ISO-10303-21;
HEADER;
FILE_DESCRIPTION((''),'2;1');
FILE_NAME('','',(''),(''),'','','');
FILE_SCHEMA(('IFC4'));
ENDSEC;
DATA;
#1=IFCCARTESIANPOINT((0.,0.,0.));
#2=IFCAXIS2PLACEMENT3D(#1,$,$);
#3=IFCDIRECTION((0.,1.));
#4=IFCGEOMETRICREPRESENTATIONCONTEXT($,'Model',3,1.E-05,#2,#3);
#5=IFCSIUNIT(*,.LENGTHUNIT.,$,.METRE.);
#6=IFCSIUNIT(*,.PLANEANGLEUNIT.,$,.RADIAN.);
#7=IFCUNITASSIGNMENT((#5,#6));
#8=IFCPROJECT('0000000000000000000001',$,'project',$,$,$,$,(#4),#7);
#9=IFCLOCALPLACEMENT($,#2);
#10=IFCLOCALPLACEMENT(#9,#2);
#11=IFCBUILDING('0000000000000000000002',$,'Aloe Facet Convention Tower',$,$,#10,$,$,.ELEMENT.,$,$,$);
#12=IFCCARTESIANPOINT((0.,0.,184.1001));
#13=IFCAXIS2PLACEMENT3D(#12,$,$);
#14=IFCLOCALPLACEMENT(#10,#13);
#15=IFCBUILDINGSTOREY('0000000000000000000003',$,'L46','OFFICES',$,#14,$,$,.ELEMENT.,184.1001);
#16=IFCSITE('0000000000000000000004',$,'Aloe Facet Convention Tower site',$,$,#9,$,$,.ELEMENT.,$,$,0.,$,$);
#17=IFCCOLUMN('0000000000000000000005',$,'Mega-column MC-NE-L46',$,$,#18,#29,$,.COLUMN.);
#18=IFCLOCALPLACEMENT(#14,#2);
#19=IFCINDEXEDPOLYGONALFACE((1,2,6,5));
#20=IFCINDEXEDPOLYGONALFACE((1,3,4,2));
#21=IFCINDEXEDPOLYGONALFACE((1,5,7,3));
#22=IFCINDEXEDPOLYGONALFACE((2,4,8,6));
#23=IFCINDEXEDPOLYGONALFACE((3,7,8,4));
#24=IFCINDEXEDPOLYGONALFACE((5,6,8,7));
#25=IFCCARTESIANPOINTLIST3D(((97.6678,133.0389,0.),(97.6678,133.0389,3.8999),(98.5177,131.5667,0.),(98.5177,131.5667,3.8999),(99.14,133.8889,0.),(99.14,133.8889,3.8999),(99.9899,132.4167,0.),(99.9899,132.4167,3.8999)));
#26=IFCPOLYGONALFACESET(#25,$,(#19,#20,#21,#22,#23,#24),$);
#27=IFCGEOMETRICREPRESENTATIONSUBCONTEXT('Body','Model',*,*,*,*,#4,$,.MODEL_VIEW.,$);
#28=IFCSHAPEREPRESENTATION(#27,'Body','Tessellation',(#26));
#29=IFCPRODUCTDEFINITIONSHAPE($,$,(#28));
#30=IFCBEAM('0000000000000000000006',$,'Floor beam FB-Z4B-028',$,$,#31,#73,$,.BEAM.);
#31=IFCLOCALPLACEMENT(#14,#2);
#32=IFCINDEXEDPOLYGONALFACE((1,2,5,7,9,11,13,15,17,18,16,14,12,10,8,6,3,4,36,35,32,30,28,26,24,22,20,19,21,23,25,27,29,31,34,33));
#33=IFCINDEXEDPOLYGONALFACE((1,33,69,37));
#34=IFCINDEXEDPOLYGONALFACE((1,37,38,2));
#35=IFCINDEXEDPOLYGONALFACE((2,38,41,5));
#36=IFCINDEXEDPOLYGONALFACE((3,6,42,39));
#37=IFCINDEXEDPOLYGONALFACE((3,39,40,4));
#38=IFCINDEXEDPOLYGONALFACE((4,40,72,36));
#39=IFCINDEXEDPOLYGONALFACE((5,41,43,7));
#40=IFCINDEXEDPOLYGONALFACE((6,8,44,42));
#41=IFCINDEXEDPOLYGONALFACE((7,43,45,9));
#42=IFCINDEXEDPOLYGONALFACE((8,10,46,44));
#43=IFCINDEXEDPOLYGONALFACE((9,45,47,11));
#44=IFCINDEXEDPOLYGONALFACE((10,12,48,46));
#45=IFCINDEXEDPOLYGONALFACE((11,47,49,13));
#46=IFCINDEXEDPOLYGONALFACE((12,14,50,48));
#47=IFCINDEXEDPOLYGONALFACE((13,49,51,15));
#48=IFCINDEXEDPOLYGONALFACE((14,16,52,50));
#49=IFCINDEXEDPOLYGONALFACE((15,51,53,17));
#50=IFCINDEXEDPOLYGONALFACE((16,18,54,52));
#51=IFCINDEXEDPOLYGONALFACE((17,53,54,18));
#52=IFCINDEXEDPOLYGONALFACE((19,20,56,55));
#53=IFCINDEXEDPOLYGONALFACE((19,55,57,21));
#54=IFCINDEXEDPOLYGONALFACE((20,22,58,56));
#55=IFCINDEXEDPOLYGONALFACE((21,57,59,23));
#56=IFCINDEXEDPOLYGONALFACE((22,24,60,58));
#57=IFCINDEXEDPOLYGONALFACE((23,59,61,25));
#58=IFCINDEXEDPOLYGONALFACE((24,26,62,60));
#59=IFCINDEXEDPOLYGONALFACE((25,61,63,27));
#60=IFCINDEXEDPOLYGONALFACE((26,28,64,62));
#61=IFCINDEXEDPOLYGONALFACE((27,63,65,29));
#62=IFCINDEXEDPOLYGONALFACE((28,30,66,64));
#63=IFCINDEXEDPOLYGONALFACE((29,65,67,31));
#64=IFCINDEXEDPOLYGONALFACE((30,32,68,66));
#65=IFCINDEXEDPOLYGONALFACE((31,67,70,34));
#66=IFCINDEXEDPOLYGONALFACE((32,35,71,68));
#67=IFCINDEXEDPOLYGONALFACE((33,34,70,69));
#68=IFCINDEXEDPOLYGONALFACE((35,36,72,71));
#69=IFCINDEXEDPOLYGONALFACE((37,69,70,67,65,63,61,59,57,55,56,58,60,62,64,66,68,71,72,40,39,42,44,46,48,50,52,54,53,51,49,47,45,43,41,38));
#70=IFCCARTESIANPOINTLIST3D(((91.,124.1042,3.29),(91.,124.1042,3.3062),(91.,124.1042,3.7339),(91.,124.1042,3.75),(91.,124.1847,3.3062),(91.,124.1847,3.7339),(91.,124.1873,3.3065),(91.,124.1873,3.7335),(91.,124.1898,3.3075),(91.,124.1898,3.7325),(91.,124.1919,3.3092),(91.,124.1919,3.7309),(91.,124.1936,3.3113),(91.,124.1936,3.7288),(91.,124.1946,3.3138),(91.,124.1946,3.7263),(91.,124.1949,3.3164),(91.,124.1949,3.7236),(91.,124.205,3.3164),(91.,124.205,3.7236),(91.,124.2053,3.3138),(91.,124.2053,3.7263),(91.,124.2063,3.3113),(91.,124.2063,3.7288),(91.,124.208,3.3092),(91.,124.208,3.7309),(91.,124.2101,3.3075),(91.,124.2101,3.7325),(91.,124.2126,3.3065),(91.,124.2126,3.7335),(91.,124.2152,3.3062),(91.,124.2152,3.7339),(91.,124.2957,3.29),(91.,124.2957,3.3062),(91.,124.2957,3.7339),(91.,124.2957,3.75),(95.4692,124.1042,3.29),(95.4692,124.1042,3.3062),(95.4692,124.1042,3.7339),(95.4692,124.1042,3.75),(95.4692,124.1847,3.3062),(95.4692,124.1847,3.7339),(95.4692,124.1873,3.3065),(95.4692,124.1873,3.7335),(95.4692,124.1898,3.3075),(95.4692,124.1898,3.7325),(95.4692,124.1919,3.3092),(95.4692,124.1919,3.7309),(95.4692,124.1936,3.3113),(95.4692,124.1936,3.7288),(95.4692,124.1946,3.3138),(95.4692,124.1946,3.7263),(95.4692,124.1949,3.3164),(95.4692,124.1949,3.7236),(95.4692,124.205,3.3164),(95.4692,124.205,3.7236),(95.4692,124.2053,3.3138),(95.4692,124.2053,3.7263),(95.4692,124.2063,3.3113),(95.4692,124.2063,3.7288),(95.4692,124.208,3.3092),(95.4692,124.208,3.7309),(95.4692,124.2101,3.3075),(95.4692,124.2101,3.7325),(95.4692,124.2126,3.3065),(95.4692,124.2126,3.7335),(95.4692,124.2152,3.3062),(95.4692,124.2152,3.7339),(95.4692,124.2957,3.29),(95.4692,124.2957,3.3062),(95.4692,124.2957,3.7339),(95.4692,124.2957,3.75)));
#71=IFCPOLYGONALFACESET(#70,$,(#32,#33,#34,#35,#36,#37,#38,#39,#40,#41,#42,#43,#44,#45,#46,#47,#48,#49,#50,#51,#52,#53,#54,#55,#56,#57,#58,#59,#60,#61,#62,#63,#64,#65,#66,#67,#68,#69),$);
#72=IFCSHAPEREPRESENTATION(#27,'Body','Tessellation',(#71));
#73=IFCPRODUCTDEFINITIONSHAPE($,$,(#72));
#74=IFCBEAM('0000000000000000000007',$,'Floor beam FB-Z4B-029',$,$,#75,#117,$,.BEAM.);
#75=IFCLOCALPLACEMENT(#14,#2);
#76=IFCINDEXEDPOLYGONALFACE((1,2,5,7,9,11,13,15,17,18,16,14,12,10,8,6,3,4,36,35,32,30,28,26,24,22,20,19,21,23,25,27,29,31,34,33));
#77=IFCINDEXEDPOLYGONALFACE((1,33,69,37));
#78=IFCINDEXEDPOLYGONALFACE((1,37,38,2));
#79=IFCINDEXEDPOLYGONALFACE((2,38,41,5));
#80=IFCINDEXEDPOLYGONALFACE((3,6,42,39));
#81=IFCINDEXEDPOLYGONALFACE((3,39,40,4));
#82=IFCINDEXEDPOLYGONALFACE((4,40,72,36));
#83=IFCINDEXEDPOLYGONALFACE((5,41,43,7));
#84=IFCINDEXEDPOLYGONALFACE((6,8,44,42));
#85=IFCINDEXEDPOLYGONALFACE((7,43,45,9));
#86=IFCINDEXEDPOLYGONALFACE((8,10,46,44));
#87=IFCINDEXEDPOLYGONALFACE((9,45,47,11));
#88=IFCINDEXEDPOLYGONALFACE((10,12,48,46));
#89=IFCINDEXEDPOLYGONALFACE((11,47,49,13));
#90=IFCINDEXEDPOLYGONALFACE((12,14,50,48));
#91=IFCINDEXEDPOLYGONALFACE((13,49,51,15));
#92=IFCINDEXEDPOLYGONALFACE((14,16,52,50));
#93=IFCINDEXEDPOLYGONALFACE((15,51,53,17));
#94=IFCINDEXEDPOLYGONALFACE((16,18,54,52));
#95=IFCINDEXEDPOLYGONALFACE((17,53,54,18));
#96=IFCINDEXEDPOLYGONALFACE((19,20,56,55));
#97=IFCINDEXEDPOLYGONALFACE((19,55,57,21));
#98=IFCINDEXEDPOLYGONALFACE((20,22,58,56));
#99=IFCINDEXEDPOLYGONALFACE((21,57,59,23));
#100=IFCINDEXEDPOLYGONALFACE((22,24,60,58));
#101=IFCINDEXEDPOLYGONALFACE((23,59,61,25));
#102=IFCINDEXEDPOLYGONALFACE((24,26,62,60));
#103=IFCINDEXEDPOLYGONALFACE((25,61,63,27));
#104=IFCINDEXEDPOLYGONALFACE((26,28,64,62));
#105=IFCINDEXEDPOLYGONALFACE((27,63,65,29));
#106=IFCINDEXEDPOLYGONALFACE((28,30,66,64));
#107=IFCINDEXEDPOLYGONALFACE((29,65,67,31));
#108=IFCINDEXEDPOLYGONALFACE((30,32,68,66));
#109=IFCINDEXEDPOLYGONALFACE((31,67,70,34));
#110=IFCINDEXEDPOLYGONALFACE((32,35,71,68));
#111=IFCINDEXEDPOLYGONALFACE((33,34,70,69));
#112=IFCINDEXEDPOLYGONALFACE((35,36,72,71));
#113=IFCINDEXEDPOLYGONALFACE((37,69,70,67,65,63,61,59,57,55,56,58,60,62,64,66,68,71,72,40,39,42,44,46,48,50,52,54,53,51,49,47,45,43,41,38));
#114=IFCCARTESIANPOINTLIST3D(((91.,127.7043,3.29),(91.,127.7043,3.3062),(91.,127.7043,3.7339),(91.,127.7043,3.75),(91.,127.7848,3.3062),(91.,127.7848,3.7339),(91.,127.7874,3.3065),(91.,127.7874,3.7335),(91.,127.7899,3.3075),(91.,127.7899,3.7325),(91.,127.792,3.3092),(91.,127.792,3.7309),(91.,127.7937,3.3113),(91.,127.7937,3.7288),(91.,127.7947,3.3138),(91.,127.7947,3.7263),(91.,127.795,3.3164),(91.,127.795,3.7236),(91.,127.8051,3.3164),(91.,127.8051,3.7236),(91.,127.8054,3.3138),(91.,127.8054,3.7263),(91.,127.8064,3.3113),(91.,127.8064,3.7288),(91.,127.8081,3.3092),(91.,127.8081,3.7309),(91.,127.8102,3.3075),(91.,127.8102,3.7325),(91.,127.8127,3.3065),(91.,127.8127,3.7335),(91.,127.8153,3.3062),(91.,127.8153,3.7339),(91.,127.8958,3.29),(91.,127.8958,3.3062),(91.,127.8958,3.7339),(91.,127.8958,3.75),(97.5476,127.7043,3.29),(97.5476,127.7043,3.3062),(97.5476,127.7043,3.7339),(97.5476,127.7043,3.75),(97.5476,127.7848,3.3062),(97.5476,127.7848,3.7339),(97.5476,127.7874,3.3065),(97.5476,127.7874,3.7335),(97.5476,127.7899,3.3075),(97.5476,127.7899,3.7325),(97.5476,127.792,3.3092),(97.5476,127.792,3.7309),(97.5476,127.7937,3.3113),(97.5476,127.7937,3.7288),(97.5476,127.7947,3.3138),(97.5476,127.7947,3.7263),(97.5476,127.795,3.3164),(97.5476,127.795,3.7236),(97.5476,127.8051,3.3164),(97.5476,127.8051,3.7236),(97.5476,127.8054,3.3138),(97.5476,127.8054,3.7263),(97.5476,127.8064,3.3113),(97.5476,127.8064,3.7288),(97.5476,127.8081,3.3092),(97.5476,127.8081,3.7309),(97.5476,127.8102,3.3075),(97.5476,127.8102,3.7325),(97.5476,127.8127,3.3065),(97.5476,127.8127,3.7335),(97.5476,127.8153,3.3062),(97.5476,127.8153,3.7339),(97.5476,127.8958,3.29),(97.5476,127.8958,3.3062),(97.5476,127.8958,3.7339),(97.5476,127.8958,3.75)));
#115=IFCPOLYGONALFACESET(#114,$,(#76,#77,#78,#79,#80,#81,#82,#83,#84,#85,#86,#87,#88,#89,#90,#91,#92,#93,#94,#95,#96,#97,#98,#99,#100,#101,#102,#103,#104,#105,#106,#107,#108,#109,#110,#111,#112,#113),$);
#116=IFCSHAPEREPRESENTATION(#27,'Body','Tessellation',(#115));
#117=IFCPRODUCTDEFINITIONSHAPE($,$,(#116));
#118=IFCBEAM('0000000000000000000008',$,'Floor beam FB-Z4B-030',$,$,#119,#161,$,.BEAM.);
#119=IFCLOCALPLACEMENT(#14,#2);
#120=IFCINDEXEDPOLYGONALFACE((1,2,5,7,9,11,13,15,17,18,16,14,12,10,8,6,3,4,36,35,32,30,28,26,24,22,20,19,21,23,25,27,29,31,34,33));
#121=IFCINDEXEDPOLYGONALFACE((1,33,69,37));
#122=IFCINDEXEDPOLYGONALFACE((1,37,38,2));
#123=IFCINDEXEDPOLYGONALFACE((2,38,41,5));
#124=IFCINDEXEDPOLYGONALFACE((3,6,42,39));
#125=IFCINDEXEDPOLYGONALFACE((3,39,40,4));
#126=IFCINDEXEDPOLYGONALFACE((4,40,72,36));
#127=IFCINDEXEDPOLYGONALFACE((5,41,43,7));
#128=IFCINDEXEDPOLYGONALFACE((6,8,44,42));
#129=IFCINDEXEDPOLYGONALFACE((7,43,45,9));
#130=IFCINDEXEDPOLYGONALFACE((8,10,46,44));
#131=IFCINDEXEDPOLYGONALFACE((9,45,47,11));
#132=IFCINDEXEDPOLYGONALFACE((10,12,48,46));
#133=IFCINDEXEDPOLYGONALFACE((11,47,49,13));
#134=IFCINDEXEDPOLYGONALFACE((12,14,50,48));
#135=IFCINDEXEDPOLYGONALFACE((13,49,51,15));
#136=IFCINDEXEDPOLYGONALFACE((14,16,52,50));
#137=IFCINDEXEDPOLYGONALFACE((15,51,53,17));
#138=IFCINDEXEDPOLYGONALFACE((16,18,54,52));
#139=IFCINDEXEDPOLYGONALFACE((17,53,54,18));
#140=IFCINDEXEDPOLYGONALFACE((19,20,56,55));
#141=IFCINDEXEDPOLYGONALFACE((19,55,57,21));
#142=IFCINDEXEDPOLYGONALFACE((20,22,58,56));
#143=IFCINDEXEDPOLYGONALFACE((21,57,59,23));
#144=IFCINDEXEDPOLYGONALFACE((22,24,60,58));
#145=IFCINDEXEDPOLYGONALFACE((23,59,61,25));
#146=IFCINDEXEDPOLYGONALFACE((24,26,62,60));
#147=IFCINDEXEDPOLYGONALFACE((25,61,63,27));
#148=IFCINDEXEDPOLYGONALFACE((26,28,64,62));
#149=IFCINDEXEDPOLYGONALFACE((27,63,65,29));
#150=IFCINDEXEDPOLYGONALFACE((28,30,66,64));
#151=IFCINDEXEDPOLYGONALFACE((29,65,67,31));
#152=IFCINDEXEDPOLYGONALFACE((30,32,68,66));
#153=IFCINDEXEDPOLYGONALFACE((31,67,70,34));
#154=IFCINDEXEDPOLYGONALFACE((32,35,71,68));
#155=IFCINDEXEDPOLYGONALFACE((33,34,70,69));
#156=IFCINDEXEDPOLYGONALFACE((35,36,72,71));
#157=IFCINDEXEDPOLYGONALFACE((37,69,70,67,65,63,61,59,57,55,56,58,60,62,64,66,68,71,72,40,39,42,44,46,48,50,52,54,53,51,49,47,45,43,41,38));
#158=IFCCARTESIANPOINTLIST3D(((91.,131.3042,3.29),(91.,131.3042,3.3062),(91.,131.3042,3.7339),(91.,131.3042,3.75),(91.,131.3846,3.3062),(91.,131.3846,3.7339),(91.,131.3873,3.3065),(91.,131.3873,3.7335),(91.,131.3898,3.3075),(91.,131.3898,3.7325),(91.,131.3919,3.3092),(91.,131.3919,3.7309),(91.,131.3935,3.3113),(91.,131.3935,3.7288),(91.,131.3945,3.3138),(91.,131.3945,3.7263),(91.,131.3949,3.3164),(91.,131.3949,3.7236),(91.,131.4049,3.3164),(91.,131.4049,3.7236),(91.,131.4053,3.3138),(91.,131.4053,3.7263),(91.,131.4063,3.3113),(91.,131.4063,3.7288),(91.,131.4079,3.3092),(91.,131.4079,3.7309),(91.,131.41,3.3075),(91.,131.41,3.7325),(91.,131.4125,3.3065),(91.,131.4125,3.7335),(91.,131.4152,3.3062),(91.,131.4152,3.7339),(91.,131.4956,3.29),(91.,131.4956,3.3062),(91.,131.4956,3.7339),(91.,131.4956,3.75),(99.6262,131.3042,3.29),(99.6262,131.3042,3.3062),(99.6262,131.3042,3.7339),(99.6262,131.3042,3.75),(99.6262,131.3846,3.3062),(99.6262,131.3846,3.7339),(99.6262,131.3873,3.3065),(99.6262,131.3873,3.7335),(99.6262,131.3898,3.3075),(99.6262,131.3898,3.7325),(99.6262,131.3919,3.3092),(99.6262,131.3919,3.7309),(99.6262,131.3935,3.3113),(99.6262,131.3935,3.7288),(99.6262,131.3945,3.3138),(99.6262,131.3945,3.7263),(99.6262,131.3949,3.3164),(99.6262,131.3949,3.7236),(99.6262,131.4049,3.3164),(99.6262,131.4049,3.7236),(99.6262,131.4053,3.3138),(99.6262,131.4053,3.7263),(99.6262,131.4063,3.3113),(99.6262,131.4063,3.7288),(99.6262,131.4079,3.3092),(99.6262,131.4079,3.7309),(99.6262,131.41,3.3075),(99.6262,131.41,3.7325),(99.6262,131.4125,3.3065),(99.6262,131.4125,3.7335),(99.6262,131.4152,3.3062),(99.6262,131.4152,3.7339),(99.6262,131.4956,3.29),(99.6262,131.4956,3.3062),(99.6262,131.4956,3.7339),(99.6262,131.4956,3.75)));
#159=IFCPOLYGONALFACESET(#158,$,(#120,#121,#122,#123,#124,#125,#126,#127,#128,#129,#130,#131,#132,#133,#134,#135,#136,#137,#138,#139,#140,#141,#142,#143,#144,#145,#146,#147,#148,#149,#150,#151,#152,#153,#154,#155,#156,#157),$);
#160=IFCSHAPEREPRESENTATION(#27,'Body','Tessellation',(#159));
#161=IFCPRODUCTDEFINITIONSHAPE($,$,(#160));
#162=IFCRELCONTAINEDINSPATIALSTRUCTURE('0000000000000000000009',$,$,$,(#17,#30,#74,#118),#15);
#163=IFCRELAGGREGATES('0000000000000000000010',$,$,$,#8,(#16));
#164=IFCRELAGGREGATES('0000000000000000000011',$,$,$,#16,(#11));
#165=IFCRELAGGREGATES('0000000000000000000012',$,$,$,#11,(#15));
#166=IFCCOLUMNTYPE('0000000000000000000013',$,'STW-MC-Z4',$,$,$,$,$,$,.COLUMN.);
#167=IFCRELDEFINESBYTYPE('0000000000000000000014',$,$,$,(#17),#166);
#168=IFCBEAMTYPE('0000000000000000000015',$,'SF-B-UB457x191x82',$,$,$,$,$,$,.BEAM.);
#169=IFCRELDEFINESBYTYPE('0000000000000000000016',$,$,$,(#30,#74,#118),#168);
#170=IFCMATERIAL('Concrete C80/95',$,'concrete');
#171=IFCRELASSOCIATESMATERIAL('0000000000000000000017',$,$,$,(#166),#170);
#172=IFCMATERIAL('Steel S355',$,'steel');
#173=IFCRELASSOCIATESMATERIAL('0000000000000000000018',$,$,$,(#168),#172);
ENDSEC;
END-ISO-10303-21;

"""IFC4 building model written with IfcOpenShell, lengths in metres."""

from ifc_helpers import new_model, si_unit, direction, frame, origin, origin_2d, place, context, subcontext, project, spatial, rectangle, i_section, extrude, material, material_profile, profile_set, type_object, element, save


model = new_model("IFC4")

# Units and contexts
model_context = context("Model", 3, precision=1e-05, world=origin(), true_north=direction((0.0, 1.0)))
body_context = subcontext(model_context, "Body", "Model", "MODEL_VIEW")
ifc_project = project(units=[si_unit("LENGTHUNIT", "METRE"), si_unit("PLANEANGLEUNIT", "RADIAN")], contexts=[model_context])

# Site, building, storey
site_placement = place(None, origin())
site = spatial("IfcSite", under=ifc_project, at=site_placement, Name="Aloe Facet Convention Tower site", CompositionType="ELEMENT", RefElevation=0.0)
building_placement = place(site_placement, origin())
building = spatial("IfcBuilding", under=site, at=building_placement, Name="Aloe Facet Convention Tower", CompositionType="ELEMENT")
storey_placement = place(building_placement, frame((0.0, 0.0, 184.1001)))
storey = spatial("IfcBuildingStorey", under=building, at=storey_placement, Name="L46", Description="OFFICES", CompositionType="ELEMENT", Elevation=184.1001)

# Column
ifc_material_1 = material(Name="Concrete C80/95", Category="concrete")
ifc_material_profile_1 = material_profile(ifc_material_1, rectangle(XDim=1.7, YDim=1.7, at=origin_2d()), Name="STW-MC-Z4")
ifc_profile_set_1 = profile_set([ifc_material_profile_1], Name="Concrete C80/95")
column_type = type_object("IfcColumnType", Name="STW-MC-Z4", PredefinedType="COLUMN", material=ifc_profile_set_1)
column_placement = place(storey_placement, frame((98.8289, 132.7278, 0.0), z_axis=(0.0, 0.0, 1.0), x_axis=(-0.5, 0.866025, 0.0)))
element("IfcColumn", 1, at=column_placement, inside=storey, type_object=column_type, Name="Mega-column MC-NE-L46", PredefinedType="COLUMN", context=body_context, shape_type="SweptSolid", body=[
    extrude(rectangle(XDim=1.7, YDim=1.7, at=origin_2d()), origin(), (0.0, 0.0, 1.0), 3.8999),
])

# Beams
ifc_material_2 = material(Name="Steel S355", Category="steel")
ifc_material_profile_2 = material_profile(ifc_material_2, i_section(OverallWidth=0.1914, OverallDepth=0.46, WebThickness=0.01, FlangeThickness=0.0161, FilletRadius=0.0103, at=origin_2d()), Name="UB 457x191x82")
ifc_profile_set_2 = profile_set([ifc_material_profile_2], Name="Steel S355")
beam_type_1 = type_object("IfcBeamType", Name="SF-B-UB457x191x82", PredefinedType="BEAM", material=ifc_profile_set_2)
beam_1_placement = place(storey_placement, frame((91.0, 124.2, 3.52), z_axis=(1.0, 0.0, 0.0), x_axis=(0.0, 1.0, 0.0)))
element("IfcBeam", 2, at=beam_1_placement, inside=storey, type_object=beam_type_1, Name="Floor beam FB-Z4B-028", PredefinedType="BEAM", context=body_context, shape_type="SweptSolid", body=[
    extrude(i_section(OverallWidth=0.1914, OverallDepth=0.46, WebThickness=0.01, FlangeThickness=0.0161, FilletRadius=0.0103, at=origin_2d()), origin(), (0.0, 0.0, 1.0), 4.4692),
])
beam_2_placement = place(storey_placement, frame((91.0, 127.8, 3.52), z_axis=(1.0, 0.0, 0.0), x_axis=(0.0, 1.0, 0.0)))
element("IfcBeam", 3, at=beam_2_placement, inside=storey, type_object=beam_type_1, Name="Floor beam FB-Z4B-029", PredefinedType="BEAM", context=body_context, shape_type="SweptSolid", body=[
    extrude(i_section(OverallWidth=0.1914, OverallDepth=0.46, WebThickness=0.01, FlangeThickness=0.0161, FilletRadius=0.0103, at=origin_2d()), origin(), (0.0, 0.0, 1.0), 6.5476),
])
beam_3_placement = place(storey_placement, frame((91.0, 131.3999, 3.52), z_axis=(1.0, 0.0, 0.0), x_axis=(0.0, 1.0, 0.0)))
element("IfcBeam", 4, at=beam_3_placement, inside=storey, type_object=beam_type_1, Name="Floor beam FB-Z4B-030", PredefinedType="BEAM", context=body_context, shape_type="SweptSolid", body=[
    extrude(i_section(OverallWidth=0.1914, OverallDepth=0.46, WebThickness=0.01, FlangeThickness=0.0161, FilletRadius=0.0103, at=origin_2d()), origin(), (0.0, 0.0, 1.0), 8.6262),
])

save(model, "model.ifc")
